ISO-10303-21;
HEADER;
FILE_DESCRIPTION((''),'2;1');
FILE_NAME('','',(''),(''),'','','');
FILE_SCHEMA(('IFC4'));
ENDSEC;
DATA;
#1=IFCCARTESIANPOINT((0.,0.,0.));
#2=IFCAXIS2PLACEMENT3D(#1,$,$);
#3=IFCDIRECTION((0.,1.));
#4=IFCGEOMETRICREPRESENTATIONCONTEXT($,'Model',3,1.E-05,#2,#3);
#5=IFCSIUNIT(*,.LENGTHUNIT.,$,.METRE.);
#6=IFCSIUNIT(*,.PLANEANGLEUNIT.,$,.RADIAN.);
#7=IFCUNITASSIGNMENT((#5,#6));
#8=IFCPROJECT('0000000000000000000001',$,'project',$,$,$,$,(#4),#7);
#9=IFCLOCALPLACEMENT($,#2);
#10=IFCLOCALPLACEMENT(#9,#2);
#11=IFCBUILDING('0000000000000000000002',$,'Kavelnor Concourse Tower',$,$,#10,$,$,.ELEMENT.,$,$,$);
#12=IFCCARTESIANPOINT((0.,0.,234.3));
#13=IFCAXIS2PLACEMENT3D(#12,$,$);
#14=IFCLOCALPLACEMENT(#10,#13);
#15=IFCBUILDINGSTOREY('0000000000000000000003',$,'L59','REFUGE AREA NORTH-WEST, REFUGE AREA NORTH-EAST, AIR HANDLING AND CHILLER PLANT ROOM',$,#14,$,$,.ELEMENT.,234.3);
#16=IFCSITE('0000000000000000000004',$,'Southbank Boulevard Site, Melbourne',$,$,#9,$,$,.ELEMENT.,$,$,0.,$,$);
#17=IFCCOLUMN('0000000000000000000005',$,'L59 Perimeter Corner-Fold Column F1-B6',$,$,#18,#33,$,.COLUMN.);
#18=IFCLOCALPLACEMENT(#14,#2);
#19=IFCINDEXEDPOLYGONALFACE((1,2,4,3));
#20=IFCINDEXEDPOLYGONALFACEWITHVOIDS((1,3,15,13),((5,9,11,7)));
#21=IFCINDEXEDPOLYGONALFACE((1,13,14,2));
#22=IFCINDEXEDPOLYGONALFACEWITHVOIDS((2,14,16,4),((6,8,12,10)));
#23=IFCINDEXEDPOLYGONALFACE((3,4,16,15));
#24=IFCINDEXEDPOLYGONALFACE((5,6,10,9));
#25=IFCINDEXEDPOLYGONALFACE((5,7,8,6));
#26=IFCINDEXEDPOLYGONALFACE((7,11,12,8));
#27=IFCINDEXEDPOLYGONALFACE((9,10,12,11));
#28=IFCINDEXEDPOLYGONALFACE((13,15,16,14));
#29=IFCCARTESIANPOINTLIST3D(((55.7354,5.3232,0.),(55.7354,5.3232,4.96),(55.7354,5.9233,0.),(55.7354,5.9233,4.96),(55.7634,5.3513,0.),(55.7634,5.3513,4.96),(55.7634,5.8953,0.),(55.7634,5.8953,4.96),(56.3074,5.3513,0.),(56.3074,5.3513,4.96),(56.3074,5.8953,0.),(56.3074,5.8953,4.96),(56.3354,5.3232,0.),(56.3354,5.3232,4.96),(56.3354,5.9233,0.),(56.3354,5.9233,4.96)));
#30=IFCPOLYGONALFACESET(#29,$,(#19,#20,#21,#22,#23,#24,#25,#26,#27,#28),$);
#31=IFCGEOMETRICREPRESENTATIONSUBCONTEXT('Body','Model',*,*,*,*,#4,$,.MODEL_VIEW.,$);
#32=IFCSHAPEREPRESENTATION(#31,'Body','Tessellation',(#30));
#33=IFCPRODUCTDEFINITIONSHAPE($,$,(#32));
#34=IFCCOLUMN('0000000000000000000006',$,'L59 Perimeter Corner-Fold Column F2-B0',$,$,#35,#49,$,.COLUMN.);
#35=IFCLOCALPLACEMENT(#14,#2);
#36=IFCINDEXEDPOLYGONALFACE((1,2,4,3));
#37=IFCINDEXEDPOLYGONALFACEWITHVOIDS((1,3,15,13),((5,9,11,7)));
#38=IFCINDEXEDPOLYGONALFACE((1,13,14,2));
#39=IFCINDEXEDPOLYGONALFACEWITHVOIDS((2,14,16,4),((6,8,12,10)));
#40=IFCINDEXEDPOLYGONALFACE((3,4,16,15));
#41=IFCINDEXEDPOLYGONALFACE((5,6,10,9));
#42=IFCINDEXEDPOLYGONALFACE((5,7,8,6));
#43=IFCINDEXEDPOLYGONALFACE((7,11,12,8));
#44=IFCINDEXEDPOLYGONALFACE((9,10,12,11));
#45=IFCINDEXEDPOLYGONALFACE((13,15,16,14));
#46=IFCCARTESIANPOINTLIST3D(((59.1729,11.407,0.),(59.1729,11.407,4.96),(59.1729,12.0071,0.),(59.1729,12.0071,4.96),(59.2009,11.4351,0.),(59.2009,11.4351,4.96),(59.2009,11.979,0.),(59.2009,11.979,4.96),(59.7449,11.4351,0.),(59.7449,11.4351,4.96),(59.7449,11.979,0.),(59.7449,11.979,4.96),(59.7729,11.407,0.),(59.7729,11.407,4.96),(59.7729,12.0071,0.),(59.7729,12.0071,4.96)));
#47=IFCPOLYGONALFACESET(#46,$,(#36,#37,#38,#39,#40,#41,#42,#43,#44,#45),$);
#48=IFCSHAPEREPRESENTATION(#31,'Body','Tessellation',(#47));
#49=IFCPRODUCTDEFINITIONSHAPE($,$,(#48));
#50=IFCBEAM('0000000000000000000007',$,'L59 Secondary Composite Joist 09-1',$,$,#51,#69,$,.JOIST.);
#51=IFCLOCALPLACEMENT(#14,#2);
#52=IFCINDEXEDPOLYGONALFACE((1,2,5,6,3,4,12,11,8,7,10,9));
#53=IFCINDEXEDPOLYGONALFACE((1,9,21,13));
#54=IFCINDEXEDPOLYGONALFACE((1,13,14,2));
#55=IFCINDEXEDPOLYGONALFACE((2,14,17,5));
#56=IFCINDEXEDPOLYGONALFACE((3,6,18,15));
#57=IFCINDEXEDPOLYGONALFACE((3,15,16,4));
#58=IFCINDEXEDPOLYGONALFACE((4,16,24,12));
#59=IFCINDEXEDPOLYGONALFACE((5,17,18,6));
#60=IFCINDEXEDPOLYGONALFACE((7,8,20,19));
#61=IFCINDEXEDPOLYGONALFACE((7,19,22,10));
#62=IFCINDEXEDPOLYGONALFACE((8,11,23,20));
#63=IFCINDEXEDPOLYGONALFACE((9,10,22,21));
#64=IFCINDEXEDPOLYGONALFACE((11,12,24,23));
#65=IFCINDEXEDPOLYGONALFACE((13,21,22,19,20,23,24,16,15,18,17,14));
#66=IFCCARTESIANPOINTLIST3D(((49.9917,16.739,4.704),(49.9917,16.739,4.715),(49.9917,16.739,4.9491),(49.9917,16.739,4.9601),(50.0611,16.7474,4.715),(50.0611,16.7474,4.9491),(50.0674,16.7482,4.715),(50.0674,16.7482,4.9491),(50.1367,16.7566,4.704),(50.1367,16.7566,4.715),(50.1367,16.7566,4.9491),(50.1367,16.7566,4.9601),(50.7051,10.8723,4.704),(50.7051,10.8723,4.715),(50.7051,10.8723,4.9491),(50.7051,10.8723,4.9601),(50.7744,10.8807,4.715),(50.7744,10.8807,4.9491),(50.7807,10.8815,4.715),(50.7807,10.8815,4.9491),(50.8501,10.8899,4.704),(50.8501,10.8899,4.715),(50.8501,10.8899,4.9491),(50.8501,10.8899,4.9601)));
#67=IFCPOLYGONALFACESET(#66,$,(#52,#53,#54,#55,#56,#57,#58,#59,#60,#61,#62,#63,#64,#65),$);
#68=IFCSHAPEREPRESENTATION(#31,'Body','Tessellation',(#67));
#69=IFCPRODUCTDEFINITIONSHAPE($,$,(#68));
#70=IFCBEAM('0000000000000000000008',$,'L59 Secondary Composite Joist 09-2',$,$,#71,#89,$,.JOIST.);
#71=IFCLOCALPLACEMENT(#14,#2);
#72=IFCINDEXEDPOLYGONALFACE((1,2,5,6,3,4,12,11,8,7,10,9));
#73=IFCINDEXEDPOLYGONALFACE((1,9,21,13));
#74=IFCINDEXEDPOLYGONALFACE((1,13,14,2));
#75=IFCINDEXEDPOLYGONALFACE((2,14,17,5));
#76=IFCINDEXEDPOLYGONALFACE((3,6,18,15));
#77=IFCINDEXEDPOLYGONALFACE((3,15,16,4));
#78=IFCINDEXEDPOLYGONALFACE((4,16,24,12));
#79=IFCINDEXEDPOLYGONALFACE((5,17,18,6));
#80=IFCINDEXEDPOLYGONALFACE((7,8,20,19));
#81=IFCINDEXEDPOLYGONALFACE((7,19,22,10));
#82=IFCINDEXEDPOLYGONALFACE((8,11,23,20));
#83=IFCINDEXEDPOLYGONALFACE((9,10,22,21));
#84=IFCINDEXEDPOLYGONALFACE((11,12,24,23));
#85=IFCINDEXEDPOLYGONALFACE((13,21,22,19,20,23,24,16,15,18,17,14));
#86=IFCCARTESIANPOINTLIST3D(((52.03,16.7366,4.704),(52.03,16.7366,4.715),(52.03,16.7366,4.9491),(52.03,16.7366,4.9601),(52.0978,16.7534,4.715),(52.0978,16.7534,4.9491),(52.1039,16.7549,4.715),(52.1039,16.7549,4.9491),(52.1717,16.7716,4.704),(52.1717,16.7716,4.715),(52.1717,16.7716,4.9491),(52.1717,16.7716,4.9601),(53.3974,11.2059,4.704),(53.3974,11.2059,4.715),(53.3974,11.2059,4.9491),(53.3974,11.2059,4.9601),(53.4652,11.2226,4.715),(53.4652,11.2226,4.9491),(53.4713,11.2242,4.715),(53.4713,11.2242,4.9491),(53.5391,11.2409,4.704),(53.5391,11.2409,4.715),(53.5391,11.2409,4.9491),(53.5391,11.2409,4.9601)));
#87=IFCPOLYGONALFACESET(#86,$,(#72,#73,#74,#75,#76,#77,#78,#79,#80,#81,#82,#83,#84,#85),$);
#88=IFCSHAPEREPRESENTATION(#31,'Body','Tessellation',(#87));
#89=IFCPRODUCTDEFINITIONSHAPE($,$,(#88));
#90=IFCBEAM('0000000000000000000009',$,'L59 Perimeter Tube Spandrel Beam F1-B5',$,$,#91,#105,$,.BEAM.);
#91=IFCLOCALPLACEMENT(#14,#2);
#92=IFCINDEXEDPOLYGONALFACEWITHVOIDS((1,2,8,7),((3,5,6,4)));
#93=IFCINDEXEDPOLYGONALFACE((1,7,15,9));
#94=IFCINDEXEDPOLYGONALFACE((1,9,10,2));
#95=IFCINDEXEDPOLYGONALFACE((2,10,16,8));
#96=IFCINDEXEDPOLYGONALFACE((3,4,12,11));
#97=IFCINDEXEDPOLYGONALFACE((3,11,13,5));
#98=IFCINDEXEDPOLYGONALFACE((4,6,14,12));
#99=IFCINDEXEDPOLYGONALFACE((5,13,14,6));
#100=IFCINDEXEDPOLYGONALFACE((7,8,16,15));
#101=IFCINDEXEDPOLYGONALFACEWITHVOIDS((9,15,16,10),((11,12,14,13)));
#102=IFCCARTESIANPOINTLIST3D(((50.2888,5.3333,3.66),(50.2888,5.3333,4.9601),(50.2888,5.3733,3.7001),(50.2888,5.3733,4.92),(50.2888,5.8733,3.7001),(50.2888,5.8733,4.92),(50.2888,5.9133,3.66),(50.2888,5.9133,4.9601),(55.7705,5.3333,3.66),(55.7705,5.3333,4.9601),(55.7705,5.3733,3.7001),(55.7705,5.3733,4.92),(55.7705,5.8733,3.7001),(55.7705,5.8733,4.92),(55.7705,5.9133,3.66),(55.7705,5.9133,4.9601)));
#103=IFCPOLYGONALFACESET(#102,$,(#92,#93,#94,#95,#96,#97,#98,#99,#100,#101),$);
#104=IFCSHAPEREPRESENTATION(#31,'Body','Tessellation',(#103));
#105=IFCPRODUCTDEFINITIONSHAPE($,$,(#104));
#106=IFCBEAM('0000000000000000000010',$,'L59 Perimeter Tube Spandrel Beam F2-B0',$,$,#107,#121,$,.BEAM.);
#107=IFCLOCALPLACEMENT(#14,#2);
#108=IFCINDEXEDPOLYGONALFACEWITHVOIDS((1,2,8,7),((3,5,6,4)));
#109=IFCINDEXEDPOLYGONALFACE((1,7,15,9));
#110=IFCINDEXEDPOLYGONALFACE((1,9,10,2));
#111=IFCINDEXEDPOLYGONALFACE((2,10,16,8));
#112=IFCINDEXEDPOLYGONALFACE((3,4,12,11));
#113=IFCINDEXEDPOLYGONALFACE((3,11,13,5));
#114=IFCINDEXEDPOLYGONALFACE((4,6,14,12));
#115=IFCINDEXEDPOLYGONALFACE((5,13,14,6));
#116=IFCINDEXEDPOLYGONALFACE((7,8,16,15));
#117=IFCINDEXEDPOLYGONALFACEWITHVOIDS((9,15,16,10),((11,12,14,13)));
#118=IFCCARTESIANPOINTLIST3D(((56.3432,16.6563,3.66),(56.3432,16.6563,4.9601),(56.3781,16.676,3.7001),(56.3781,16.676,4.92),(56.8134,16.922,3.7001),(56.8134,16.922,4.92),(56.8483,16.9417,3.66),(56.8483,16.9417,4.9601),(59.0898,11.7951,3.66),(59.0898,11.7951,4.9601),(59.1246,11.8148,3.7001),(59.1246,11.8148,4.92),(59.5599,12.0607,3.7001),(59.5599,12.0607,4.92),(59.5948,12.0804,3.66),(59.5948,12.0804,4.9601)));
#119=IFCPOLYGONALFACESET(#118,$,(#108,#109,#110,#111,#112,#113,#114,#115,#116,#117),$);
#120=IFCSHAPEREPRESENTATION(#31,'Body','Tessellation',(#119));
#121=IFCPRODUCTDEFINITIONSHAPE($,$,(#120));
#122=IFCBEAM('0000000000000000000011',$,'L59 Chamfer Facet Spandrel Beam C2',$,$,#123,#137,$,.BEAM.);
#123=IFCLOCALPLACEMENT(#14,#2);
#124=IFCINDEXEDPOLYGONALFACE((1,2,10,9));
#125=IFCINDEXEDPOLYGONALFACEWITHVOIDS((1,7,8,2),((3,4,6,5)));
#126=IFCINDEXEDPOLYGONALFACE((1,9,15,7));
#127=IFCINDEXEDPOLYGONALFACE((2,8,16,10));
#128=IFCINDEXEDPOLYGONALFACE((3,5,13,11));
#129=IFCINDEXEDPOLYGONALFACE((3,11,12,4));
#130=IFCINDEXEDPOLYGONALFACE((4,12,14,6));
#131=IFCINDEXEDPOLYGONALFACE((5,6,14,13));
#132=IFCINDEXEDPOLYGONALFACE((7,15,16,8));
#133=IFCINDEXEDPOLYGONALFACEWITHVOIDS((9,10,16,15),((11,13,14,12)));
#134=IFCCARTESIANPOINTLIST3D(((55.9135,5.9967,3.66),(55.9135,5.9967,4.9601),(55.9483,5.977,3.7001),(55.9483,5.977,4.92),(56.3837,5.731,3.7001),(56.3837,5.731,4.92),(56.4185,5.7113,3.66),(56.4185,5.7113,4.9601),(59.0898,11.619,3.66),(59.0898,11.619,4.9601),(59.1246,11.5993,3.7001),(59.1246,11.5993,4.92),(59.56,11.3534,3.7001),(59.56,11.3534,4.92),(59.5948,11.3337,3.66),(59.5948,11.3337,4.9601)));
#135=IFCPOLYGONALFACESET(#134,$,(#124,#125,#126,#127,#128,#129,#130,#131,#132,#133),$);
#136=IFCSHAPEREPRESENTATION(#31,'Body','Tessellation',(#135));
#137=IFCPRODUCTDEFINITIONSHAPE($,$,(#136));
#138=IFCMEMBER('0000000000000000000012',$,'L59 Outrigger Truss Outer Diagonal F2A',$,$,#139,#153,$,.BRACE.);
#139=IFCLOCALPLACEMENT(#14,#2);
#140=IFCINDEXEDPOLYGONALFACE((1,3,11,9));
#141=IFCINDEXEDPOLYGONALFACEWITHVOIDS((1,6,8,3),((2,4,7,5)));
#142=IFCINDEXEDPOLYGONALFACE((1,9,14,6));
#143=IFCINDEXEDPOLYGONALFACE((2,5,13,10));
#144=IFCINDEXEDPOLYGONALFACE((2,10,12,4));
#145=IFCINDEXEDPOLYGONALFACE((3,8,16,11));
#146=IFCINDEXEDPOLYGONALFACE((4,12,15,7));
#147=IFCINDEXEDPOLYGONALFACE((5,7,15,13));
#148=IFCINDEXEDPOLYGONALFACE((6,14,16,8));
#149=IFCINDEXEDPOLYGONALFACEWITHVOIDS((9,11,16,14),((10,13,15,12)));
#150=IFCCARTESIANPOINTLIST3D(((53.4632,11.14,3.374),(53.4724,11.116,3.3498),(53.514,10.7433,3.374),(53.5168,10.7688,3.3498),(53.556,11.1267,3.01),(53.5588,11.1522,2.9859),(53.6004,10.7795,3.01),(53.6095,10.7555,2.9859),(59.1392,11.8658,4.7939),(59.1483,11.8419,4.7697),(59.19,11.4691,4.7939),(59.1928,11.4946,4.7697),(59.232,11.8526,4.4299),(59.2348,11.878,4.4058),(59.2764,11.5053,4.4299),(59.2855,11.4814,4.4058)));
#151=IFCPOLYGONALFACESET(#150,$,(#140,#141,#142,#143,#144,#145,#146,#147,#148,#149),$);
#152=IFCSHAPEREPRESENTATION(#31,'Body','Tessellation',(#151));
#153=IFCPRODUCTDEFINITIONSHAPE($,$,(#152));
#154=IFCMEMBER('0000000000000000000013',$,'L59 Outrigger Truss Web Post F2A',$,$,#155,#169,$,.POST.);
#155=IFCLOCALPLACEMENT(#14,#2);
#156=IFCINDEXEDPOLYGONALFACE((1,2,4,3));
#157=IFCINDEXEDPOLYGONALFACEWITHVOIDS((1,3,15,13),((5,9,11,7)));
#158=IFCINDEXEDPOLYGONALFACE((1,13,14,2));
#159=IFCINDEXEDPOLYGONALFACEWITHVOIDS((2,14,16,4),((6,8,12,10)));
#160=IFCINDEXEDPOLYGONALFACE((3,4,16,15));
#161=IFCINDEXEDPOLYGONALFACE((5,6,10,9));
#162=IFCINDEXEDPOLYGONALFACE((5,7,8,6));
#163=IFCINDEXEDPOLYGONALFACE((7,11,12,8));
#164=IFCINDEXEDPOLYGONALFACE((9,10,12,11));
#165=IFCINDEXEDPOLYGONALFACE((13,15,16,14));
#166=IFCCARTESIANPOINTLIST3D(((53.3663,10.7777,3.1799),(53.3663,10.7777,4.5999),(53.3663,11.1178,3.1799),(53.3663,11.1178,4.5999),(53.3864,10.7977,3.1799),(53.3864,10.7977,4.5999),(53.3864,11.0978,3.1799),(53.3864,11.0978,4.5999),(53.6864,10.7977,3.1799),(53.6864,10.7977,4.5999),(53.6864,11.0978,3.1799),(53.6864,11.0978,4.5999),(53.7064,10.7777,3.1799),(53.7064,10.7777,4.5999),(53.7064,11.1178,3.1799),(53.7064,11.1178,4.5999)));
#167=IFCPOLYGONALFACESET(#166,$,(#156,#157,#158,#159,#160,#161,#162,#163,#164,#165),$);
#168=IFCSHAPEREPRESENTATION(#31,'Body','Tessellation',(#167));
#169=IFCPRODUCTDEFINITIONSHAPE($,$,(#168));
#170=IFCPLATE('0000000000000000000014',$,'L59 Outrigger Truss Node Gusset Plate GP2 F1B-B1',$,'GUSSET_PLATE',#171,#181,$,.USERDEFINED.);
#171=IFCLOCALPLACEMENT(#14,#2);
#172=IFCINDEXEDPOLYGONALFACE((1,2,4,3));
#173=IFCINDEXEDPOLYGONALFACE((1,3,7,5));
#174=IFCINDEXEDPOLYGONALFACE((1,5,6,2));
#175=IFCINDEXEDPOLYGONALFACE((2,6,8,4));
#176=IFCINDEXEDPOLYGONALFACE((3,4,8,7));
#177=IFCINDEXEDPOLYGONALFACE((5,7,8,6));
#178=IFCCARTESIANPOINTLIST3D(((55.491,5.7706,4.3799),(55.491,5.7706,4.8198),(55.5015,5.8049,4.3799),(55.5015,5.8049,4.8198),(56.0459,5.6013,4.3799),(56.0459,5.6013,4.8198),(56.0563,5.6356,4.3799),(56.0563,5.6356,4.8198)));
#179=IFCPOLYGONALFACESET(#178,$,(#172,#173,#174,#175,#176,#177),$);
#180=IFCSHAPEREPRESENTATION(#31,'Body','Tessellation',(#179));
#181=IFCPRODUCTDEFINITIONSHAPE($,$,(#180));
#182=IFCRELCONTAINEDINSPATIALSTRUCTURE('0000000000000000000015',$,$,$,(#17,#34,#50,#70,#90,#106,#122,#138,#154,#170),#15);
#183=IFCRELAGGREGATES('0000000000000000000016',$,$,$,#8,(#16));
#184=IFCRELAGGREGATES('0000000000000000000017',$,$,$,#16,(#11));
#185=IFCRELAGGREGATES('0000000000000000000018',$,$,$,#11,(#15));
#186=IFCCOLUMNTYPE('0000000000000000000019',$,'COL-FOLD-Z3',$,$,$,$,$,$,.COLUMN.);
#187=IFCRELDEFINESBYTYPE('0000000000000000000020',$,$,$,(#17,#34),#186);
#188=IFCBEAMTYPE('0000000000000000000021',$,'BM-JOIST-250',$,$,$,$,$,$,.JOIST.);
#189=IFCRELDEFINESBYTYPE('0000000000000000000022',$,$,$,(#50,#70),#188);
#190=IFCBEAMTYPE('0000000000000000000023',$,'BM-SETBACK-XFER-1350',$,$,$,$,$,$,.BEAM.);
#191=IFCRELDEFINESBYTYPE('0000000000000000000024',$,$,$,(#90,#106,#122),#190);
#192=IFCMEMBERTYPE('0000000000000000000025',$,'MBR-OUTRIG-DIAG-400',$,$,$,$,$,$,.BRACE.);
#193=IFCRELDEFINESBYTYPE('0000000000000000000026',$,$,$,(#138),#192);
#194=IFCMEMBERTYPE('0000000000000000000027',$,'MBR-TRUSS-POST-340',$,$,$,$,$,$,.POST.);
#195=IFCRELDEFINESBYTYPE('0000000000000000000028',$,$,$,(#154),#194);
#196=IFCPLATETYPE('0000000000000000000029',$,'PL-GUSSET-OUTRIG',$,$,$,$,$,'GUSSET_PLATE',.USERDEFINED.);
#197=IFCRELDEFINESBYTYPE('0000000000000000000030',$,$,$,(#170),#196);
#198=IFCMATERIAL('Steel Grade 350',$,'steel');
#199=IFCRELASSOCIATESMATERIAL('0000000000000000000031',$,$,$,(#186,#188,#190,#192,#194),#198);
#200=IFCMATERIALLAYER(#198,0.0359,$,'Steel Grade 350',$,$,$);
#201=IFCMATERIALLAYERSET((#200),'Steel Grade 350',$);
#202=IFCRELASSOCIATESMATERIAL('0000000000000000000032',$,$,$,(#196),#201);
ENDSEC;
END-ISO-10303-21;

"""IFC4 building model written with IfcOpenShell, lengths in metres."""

from ifc_helpers import new_model, si_unit, direction, frame, origin, origin_2d, place, context, subcontext, project, spatial, rectangle, hollow_rectangle, i_section, extrude, material, layer, layer_set, material_profile, profile_set, type_object, element, save


model = new_model("IFC4")

# Units and contexts
model_context = context("Model", 3, precision=1e-05, world=origin(), true_north=direction((0.0, 1.0)))
body_context = subcontext(model_context, "Body", "Model", "MODEL_VIEW")
ifc_project = project(units=[si_unit("LENGTHUNIT", "METRE"), si_unit("PLANEANGLEUNIT", "RADIAN")], contexts=[model_context])

# Site, building, storey
site_placement = place(None, origin())
site = spatial("IfcSite", under=ifc_project, at=site_placement, Name="Southbank Boulevard Site, Melbourne", CompositionType="ELEMENT", RefElevation=0.0)
building_placement = place(site_placement, origin())
building = spatial("IfcBuilding", under=site, at=building_placement, Name="Kavelnor Concourse Tower", CompositionType="ELEMENT")
storey_placement = place(building_placement, frame((0.0, 0.0, 234.3)))
storey = spatial("IfcBuildingStorey", under=building, at=storey_placement, Name="L59", Description="REFUGE AREA NORTH-WEST, REFUGE AREA NORTH-EAST, AIR HANDLING AND CHILLER PLANT ROOM", CompositionType="ELEMENT", Elevation=234.3)

# Columns
ifc_material_1 = material(Name="Steel Grade 350", Category="steel")
ifc_material_profile_1 = material_profile(ifc_material_1, hollow_rectangle(XDim=0.6001, YDim=0.6001, WallThickness=0.0281, at=origin_2d()), Name="SHS 600x600x28")
ifc_profile_set_1 = profile_set([ifc_material_profile_1], Name="Steel Grade 350")
column_type = type_object("IfcColumnType", Name="COL-FOLD-Z3", PredefinedType="COLUMN", material=ifc_profile_set_1)
for number, where, z_axis, x_axis, name in (
    (1, (56.0354, 5.6233, 0.0), (0.0, 0.0, 1.0), (1.0, 0.0, 0.0), "L59 Perimeter Corner-Fold Column F1-B6"),
    (2, (59.4729, 11.707, 0.0), (0.0, 0.0, 1.0), (1.0, 0.0, 0.0), "L59 Perimeter Corner-Fold Column F2-B0"),
):
    element("IfcColumn", number, at=place(storey_placement, frame(where, z_axis=z_axis, x_axis=x_axis)), inside=storey, type_object=column_type, Name=name, PredefinedType="COLUMN", context=body_context, shape_type="SweptSolid", body=[
        extrude(hollow_rectangle(XDim=0.6001, YDim=0.6001, WallThickness=0.0281, at=origin_2d()), origin(), (0.0, 0.0, 1.0), 4.96),
    ])

# Beams
ifc_material_profile_2 = material_profile(ifc_material_1, i_section(OverallWidth=0.146, OverallDepth=0.2561, WebThickness=0.0063, FlangeThickness=0.011, at=origin_2d()), Name="250UB37")
ifc_profile_set_2 = profile_set([ifc_material_profile_2], Name="Steel Grade 350")
beam_type_1 = type_object("IfcBeamType", Name="BM-JOIST-250", PredefinedType="JOIST", material=ifc_profile_set_2)
beam_1_placement = place(storey_placement, frame((50.7776, 10.8811, 4.832), z_axis=(-0.120709, 0.992688, 0.0), x_axis=(-0.992688, -0.120709, 0.0)))
element("IfcBeam", 3, at=beam_1_placement, inside=storey, type_object=beam_type_1, Name="L59 Secondary Composite Joist 09-1", PredefinedType="JOIST", context=body_context, shape_type="SweptSolid", body=[
    extrude(i_section(OverallWidth=0.146, OverallDepth=0.2561, WebThickness=0.0063, FlangeThickness=0.011, at=origin_2d()), origin(), (0.0, 0.0, 1.0), 5.9099),
])
beam_2_placement = place(storey_placement, frame((53.4683, 11.2234, 4.832), z_axis=(-0.240014, 0.970769, 0.0), x_axis=(-0.970769, -0.240014, 0.0)))
element("IfcBeam", 4, at=beam_2_placement, inside=storey, type_object=beam_type_1, Name="L59 Secondary Composite Joist 09-2", PredefinedType="JOIST", context=body_context, shape_type="SweptSolid", body=[
    extrude(i_section(OverallWidth=0.146, OverallDepth=0.2561, WebThickness=0.0063, FlangeThickness=0.011, at=origin_2d()), origin(), (0.0, 0.0, 1.0), 5.6973),
])
ifc_material_profile_3 = material_profile(ifc_material_1, hollow_rectangle(XDim=0.5801, YDim=1.3, WallThickness=0.04, at=origin_2d()), Name="RHS 1300x580x40")
ifc_profile_set_3 = profile_set([ifc_material_profile_3], Name="Steel Grade 350")
beam_type_2 = type_object("IfcBeamType", Name="BM-SETBACK-XFER-1350", PredefinedType="BEAM", material=ifc_profile_set_3)
beam_3_placement = place(storey_placement, frame((50.2888, 5.6233, 4.3101), z_axis=(1.0, 0.0, 0.0), x_axis=(0.0, 1.0, 0.0)))
element("IfcBeam", 5, at=beam_3_placement, inside=storey, type_object=beam_type_2, Name="L59 Perimeter Tube Spandrel Beam F1-B5", PredefinedType="BEAM", context=body_context, shape_type="SweptSolid", body=[
    extrude(hollow_rectangle(XDim=0.5801, YDim=1.3, WallThickness=0.04, at=origin_2d()), origin(), (0.0, 0.0, 1.0), 5.4817),
])
beam_4_placement = place(storey_placement, frame((59.3423, 11.9377, 4.3101), z_axis=(-0.491905, 0.870649, 0.0), x_axis=(-0.870649, -0.491905, 0.0)))
element("IfcBeam", 6, at=beam_4_placement, inside=storey, type_object=beam_type_2, Name="L59 Perimeter Tube Spandrel Beam F2-B0", PredefinedType="BEAM", context=body_context, shape_type="SweptSolid", body=[
    extrude(hollow_rectangle(XDim=0.5801, YDim=1.3, WallThickness=0.04, at=origin_2d()), origin(), (0.0, 0.0, 1.0), 5.5835),
])
beam_5_placement = place(storey_placement, frame((56.166, 5.854, 4.3101), z_axis=(0.491874, 0.870666, 0.0), x_axis=(-0.870666, 0.491874, 0.0)))
element("IfcBeam", 7, at=beam_5_placement, inside=storey, type_object=beam_type_2, Name="L59 Chamfer Facet Spandrel Beam C2", PredefinedType="BEAM", context=body_context, shape_type="SweptSolid", body=[
    extrude(hollow_rectangle(XDim=0.5801, YDim=1.3, WallThickness=0.04, at=origin_2d()), origin(), (0.0, 0.0, 1.0), 6.4575),
])

# Members
ifc_material_profile_4 = material_profile(ifc_material_1, hollow_rectangle(XDim=0.3999, YDim=0.3999, WallThickness=0.0249, at=origin_2d()), Name="SHS 400x400x25")
ifc_profile_set_4 = profile_set([ifc_material_profile_4], Name="Steel Grade 350")
member_type_1 = type_object("IfcMemberType", Name="MBR-OUTRIG-DIAG-400", PredefinedType="BRACE", material=ifc_profile_set_4)
member_1_placement = place(storey_placement, frame((53.5364, 10.9478, 3.1799), z_axis=(0.962726, 0.12311, 0.240837), x_axis=(-0.126844, 0.991923, 0.0)))
element("IfcMember", 8, at=member_1_placement, inside=storey, type_object=member_type_1, Name="L59 Outrigger Truss Outer Diagonal F2A", PredefinedType="BRACE", context=body_context, shape_type="SweptSolid", body=[
    extrude(hollow_rectangle(XDim=0.3999, YDim=0.3999, WallThickness=0.0249, at=origin_2d()), origin(), (0.0, 0.0, 1.0), 5.8958),
])
ifc_material_profile_5 = material_profile(ifc_material_1, hollow_rectangle(XDim=0.3401, YDim=0.3401, WallThickness=0.02, at=origin_2d()), Name="SHS 340x340x20")
ifc_profile_set_5 = profile_set([ifc_material_profile_5], Name="Steel Grade 350")
member_type_2 = type_object("IfcMemberType", Name="MBR-TRUSS-POST-340", PredefinedType="POST", material=ifc_profile_set_5)
member_2_placement = place(storey_placement, frame((53.5364, 10.9478, 3.1799), z_axis=(0.0, 0.0, 1.0), x_axis=(1.0, 0.0, 0.0)))
element("IfcMember", 9, at=member_2_placement, inside=storey, type_object=member_type_2, Name="L59 Outrigger Truss Web Post F2A", PredefinedType="POST", context=body_context, shape_type="SweptSolid", body=[
    extrude(hollow_rectangle(XDim=0.3401, YDim=0.3401, WallThickness=0.02, at=origin_2d()), origin(), (0.0, 0.0, 1.0), 1.4199),
])

# Plate
ifc_layer_1 = layer(ifc_material_1, 0.0359, Name="Steel Grade 350")
ifc_layer_set_1 = layer_set([ifc_layer_1], Name="Steel Grade 350")
plate_type = type_object("IfcPlateType", Name="PL-GUSSET-OUTRIG", ElementType="GUSSET_PLATE", PredefinedType="USERDEFINED", material=ifc_layer_set_1)
for number, where, z_axis, x_axis, name in (
    (10, (55.7737, 5.7031, 4.3799), (0.0, 0.0, 1.0), (0.956458, -0.291871, 0.0), "L59 Outrigger Truss Node Gusset Plate GP2 F1B-B1"),
):
    element("IfcPlate", number, at=place(storey_placement, frame(where, z_axis=z_axis, x_axis=x_axis)), inside=storey, type_object=plate_type, Name=name, ObjectType="GUSSET_PLATE", PredefinedType="USERDEFINED", context=body_context, shape_type="SweptSolid", body=[
        extrude(rectangle(XDim=0.5801, YDim=0.0359, at=origin_2d()), origin(), (0.0, 0.0, 1.0), 0.4399),
    ])

save(model, "model.ifc")
